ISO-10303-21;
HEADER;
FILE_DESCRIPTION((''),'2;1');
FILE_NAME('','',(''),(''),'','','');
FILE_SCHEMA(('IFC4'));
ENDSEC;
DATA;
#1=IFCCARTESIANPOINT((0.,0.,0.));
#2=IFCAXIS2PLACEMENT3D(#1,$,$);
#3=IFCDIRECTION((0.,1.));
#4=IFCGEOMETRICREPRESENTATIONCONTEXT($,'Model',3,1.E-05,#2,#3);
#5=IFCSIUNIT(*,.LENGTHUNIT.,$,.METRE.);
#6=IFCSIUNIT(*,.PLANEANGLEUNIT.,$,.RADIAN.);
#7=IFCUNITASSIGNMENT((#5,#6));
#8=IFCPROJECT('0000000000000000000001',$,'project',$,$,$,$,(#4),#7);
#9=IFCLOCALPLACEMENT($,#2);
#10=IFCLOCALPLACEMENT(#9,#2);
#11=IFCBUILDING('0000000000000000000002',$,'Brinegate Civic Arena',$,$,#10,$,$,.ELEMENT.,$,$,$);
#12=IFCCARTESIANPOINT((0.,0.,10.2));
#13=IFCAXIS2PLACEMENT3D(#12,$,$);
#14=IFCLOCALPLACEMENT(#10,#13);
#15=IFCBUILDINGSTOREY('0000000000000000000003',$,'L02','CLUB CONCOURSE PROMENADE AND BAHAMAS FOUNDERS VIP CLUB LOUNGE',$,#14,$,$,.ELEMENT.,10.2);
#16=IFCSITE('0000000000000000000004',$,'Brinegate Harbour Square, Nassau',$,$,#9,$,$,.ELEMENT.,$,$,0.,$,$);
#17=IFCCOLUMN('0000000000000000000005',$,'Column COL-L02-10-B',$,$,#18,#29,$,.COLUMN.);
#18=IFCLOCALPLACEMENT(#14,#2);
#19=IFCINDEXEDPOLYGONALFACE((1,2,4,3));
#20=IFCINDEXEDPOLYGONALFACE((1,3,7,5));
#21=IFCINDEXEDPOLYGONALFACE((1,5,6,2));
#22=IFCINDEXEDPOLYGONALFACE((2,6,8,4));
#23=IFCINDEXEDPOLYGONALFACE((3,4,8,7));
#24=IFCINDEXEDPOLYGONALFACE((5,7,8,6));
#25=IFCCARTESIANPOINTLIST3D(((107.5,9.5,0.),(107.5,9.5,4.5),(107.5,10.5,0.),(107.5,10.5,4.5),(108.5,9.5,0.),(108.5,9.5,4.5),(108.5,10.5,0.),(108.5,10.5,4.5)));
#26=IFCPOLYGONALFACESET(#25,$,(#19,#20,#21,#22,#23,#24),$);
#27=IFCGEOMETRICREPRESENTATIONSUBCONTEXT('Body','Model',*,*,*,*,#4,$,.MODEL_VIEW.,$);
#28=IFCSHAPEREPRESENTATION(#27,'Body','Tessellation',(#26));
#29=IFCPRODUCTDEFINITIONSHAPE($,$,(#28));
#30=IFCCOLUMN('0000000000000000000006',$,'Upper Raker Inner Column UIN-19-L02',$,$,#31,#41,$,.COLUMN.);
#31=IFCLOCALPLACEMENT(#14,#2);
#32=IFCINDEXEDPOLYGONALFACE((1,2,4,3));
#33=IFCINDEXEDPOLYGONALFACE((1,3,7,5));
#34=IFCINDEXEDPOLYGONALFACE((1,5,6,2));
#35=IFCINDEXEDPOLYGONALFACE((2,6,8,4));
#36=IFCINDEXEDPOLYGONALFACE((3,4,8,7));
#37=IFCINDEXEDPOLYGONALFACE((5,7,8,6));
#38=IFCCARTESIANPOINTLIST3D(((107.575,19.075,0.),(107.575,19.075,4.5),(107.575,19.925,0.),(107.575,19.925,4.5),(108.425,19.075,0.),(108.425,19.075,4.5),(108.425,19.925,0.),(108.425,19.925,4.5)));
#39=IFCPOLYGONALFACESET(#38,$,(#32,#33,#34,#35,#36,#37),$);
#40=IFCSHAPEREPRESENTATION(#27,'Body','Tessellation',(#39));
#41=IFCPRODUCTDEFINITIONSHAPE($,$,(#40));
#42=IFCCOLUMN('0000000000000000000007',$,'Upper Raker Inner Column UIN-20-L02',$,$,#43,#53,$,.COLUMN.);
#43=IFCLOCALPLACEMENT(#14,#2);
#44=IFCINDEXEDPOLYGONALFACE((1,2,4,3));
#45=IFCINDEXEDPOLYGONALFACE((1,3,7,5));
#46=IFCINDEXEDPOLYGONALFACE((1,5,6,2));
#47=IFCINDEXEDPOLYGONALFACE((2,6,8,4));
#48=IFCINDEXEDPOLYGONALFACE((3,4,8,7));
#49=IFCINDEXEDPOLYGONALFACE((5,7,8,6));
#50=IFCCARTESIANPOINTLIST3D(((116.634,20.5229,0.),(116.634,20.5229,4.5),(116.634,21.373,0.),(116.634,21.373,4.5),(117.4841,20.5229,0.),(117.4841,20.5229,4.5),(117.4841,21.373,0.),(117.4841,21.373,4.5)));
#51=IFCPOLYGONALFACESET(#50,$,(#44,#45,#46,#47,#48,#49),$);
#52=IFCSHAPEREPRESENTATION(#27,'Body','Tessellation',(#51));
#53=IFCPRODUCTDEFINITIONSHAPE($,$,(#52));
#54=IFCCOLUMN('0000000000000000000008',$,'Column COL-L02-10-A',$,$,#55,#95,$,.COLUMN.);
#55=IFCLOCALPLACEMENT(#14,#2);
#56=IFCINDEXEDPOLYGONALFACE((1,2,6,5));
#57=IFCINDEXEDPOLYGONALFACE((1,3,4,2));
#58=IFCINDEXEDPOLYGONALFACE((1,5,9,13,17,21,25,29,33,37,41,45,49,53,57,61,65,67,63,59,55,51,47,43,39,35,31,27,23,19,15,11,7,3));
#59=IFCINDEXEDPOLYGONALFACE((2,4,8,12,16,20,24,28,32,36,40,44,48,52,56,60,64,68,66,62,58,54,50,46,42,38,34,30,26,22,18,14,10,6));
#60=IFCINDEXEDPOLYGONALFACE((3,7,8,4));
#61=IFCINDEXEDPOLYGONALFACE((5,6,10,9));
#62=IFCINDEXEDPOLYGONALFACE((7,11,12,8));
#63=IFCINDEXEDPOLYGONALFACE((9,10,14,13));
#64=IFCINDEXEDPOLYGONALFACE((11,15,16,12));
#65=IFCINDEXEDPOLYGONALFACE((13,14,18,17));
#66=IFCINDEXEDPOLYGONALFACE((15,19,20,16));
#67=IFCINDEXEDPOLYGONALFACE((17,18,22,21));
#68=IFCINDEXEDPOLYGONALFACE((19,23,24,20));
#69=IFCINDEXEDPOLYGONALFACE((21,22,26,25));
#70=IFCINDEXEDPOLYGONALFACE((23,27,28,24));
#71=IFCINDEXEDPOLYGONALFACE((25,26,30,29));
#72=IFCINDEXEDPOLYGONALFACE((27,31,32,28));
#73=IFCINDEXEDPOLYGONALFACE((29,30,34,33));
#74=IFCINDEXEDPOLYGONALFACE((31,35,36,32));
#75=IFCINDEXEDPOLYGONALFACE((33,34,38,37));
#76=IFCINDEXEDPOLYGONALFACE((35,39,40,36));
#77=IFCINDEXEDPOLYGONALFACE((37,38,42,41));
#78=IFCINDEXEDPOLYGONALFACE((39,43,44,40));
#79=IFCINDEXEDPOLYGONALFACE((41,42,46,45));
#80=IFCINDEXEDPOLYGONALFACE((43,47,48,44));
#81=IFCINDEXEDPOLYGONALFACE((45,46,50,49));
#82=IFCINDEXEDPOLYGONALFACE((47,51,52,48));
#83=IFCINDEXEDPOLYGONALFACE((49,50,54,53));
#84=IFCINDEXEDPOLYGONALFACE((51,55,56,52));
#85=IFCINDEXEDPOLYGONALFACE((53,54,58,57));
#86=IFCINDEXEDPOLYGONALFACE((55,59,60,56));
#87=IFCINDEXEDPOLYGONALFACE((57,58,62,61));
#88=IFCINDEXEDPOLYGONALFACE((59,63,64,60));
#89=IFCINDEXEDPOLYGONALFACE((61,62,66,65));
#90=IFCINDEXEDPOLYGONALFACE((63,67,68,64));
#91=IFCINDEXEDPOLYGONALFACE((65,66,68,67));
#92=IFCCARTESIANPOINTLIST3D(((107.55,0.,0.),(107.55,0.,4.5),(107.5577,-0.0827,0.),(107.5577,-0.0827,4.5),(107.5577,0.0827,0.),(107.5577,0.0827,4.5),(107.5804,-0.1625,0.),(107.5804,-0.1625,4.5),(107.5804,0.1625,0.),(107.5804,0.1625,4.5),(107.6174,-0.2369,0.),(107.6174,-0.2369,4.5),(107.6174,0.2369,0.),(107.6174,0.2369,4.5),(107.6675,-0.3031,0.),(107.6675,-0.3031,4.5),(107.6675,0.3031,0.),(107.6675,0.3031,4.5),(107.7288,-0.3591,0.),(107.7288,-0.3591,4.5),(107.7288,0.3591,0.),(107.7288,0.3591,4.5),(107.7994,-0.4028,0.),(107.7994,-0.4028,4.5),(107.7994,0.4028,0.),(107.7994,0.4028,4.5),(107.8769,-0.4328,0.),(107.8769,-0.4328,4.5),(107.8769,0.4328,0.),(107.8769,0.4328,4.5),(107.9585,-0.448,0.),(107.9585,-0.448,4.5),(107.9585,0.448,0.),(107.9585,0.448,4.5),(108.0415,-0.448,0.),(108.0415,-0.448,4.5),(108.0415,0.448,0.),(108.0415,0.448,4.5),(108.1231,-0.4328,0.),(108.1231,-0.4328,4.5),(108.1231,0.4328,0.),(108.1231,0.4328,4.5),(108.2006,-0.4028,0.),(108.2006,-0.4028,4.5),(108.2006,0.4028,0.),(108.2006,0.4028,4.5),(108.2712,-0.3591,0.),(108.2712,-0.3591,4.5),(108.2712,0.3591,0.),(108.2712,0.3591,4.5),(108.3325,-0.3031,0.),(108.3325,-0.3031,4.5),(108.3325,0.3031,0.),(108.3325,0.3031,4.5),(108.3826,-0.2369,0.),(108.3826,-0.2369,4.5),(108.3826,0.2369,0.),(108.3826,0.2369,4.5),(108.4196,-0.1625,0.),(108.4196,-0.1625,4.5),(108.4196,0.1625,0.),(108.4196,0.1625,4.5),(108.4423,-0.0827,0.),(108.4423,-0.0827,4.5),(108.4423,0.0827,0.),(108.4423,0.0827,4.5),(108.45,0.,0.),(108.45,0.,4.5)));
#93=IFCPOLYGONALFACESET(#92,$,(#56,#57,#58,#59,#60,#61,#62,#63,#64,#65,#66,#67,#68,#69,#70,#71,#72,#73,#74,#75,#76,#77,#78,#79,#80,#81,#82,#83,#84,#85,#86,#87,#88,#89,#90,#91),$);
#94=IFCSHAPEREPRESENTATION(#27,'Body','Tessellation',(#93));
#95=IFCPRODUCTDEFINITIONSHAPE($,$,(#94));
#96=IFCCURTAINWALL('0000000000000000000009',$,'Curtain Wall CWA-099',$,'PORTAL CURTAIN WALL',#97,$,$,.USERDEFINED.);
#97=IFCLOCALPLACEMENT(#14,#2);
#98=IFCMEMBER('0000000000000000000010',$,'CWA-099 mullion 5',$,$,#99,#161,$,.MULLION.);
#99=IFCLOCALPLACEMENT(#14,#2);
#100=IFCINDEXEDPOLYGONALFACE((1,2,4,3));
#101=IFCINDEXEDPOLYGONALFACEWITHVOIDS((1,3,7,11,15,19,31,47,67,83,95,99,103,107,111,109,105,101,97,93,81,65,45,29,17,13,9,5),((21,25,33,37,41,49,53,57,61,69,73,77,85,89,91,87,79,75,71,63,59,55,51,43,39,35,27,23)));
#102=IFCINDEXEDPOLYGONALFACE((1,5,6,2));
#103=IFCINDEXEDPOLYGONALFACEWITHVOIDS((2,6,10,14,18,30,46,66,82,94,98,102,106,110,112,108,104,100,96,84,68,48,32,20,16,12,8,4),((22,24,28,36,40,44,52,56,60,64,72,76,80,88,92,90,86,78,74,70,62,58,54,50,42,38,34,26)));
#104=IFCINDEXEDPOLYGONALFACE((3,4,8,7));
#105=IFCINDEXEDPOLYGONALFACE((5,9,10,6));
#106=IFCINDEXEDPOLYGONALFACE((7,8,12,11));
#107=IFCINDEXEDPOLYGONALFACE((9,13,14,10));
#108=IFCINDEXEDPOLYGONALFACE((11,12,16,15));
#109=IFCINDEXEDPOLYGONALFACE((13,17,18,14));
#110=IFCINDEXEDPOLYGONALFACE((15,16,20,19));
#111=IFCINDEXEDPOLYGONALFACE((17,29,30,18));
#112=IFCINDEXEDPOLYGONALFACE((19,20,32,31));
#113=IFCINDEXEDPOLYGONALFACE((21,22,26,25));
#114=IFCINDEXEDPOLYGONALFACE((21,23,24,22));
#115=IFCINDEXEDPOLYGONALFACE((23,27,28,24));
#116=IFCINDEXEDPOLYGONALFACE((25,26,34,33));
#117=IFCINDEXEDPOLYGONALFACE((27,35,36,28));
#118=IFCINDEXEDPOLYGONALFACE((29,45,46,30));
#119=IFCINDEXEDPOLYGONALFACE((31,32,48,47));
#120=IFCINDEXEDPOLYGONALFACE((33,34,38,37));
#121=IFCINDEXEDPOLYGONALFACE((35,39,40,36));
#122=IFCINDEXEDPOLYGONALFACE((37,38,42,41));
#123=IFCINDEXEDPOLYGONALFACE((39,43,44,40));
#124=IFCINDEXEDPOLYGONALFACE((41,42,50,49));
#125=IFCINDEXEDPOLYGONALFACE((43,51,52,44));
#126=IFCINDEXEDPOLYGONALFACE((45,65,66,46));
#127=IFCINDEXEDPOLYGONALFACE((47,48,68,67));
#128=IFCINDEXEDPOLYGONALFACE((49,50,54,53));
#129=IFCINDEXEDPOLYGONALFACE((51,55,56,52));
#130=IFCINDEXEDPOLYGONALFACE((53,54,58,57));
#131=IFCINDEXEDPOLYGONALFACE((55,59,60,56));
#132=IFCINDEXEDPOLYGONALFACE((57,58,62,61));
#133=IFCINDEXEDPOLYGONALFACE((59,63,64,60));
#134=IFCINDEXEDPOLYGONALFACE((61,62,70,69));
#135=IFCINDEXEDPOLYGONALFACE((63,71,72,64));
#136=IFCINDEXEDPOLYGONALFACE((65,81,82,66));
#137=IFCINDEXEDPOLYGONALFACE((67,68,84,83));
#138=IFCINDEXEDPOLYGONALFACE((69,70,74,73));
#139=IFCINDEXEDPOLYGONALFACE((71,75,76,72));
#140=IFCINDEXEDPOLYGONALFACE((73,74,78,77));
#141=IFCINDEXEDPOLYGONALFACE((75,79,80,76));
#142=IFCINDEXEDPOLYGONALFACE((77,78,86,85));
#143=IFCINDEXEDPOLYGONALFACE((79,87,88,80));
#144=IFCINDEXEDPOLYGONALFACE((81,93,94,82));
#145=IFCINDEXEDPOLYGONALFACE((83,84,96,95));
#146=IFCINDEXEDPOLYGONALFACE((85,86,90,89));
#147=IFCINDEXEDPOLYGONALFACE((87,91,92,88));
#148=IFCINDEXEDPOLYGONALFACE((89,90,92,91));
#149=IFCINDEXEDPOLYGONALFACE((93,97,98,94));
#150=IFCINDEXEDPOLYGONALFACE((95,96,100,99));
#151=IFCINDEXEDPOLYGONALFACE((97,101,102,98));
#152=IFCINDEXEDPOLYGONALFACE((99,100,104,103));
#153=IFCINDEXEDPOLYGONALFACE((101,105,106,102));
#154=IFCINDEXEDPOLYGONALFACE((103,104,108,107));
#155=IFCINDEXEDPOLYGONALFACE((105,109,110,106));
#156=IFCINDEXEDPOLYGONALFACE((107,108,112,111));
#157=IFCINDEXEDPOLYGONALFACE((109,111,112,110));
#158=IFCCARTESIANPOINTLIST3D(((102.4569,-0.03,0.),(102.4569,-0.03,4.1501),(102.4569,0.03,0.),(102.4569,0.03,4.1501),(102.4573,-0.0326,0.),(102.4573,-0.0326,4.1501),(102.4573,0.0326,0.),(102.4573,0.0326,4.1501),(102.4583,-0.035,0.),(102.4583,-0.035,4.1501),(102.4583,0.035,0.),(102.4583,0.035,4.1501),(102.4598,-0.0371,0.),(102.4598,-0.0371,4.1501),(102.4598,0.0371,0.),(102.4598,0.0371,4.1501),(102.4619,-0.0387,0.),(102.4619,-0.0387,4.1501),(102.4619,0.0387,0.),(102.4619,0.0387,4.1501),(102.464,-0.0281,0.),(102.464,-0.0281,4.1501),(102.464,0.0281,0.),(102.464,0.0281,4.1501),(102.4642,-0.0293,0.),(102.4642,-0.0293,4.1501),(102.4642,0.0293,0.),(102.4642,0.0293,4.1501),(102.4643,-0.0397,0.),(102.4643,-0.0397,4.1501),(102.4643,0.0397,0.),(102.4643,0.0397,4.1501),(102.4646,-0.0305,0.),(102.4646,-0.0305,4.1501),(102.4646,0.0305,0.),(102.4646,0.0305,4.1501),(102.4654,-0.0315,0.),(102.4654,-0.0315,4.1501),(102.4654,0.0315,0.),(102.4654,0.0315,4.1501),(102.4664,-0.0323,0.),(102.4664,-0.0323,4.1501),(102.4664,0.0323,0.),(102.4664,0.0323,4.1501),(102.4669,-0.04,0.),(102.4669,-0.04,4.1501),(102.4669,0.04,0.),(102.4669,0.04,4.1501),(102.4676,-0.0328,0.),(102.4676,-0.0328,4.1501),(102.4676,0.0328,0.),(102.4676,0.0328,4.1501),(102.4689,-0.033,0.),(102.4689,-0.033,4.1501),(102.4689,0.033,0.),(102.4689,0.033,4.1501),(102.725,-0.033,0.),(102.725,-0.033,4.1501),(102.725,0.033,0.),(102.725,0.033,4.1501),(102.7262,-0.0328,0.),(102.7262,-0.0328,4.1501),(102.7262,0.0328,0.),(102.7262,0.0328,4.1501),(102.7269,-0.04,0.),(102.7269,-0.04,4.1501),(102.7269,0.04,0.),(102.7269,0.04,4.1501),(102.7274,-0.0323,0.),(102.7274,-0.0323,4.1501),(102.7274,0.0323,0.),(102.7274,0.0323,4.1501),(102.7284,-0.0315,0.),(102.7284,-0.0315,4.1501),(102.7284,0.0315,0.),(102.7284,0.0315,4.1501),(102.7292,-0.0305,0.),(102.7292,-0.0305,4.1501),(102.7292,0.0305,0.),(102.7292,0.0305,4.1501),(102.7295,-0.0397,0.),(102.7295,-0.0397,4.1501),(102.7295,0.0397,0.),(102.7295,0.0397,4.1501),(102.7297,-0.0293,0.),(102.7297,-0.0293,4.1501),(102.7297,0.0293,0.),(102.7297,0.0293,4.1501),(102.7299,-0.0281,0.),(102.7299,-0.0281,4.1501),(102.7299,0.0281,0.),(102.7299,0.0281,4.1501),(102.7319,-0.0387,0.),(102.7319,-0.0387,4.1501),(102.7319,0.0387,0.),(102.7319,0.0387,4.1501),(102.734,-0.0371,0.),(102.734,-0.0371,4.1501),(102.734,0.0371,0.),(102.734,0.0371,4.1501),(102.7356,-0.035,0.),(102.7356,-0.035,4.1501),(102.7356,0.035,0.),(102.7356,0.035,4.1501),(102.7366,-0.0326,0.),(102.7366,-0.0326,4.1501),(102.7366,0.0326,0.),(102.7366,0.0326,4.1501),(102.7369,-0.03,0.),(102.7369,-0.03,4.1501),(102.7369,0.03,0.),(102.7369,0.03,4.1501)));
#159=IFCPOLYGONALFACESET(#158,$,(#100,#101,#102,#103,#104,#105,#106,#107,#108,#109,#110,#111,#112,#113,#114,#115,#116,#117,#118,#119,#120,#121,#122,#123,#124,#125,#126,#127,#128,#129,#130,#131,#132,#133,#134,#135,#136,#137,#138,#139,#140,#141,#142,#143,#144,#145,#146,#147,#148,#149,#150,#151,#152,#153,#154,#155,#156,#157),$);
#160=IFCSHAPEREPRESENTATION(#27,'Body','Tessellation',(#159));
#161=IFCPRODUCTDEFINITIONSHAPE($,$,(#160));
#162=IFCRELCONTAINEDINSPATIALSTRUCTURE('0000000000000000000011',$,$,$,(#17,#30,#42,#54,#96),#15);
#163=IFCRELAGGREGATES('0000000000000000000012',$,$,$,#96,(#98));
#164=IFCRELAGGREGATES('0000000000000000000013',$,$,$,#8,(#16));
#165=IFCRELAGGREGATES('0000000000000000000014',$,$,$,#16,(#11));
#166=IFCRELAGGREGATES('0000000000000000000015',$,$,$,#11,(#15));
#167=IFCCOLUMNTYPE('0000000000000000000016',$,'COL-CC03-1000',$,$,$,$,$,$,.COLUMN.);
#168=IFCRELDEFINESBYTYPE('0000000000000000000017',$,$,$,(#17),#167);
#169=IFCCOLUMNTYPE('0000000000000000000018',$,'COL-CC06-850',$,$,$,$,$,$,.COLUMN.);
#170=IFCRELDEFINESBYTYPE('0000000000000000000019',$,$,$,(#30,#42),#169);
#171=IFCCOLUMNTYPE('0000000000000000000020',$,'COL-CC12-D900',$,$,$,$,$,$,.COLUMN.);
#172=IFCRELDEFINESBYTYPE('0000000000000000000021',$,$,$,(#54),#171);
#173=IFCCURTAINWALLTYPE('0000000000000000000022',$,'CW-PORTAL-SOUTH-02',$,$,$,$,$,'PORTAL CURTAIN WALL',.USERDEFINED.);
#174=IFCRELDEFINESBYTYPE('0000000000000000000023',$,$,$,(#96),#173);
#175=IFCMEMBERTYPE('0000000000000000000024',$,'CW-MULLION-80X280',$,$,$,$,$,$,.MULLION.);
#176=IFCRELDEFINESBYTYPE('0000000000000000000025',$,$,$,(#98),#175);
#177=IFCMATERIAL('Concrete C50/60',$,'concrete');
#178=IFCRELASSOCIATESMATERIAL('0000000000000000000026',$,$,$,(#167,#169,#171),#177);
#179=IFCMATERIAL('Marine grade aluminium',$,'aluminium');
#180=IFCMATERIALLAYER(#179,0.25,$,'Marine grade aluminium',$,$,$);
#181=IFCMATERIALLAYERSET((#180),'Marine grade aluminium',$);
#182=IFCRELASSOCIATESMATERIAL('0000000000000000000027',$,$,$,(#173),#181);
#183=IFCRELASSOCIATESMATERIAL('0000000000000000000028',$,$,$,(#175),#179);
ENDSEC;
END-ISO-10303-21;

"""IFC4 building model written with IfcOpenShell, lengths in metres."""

from ifc_helpers import new_model, si_unit, direction, frame, origin, origin_2d, place, context, subcontext, project, spatial, rectangle, hollow_rectangle, circle, extrude, material, layer, layer_set, material_profile, profile_set, type_object, element, aggregate, save


model = new_model("IFC4")

# Units and contexts
model_context = context("Model", 3, precision=1e-05, world=origin(), true_north=direction((0.0, 1.0)))
body_context = subcontext(model_context, "Body", "Model", "MODEL_VIEW")
ifc_project = project(units=[si_unit("LENGTHUNIT", "METRE"), si_unit("PLANEANGLEUNIT", "RADIAN")], contexts=[model_context])

# Site, building, storey
site_placement = place(None, origin())
site = spatial("IfcSite", under=ifc_project, at=site_placement, Name="Brinegate Harbour Square, Nassau", CompositionType="ELEMENT", RefElevation=0.0)
building_placement = place(site_placement, origin())
building = spatial("IfcBuilding", under=site, at=building_placement, Name="Brinegate Civic Arena", CompositionType="ELEMENT")
storey_placement = place(building_placement, frame((0.0, 0.0, 10.2)))
storey = spatial("IfcBuildingStorey", under=building, at=storey_placement, Name="L02", Description="CLUB CONCOURSE PROMENADE AND BAHAMAS FOUNDERS VIP CLUB LOUNGE", CompositionType="ELEMENT", Elevation=10.2)

# Columns
ifc_material_1 = material(Name="Concrete C50/60", Category="concrete")
ifc_material_profile_1 = material_profile(ifc_material_1, rectangle(XDim=1.0, YDim=1.0, at=origin_2d()), Name="RC1000X1000")
ifc_profile_set_1 = profile_set([ifc_material_profile_1], Name="Concrete C50/60")
column_type_1 = type_object("IfcColumnType", Name="COL-CC03-1000", PredefinedType="COLUMN", material=ifc_profile_set_1)
column_1_placement = place(storey_placement, frame((108.0, 10.0, 0.0), z_axis=(0.0, 0.0, 1.0), x_axis=(1.0, 0.0, 0.0)))
element("IfcColumn", 1, at=column_1_placement, inside=storey, type_object=column_type_1, Name="Column COL-L02-10-B", PredefinedType="COLUMN", context=body_context, shape_type="SweptSolid", body=[
    extrude(rectangle(XDim=1.0, YDim=1.0, at=origin_2d()), origin(), (0.0, 0.0, 1.0), 4.5),
])
ifc_material_profile_2 = material_profile(ifc_material_1, rectangle(XDim=0.8501, YDim=0.8501, at=origin_2d()), Name="RC850X850")
ifc_profile_set_2 = profile_set([ifc_material_profile_2], Name="Concrete C50/60")
column_type_2 = type_object("IfcColumnType", Name="COL-CC06-850", PredefinedType="COLUMN", material=ifc_profile_set_2)
for number, where, z_axis, x_axis, name in (
    (2, (108.0, 19.5, 0.0), (0.0, 0.0, 1.0), (1.0, 0.0, 0.0), "Upper Raker Inner Column UIN-19-L02"),
    (3, (117.0591, 20.948, 0.0), (0.0, 0.0, 1.0), (1.0, 0.0, 0.0), "Upper Raker Inner Column UIN-20-L02"),
):
    element("IfcColumn", number, at=place(storey_placement, frame(where, z_axis=z_axis, x_axis=x_axis)), inside=storey, type_object=column_type_2, Name=name, PredefinedType="COLUMN", context=body_context, shape_type="SweptSolid", body=[
        extrude(rectangle(XDim=0.8501, YDim=0.8501, at=origin_2d()), origin(), (0.0, 0.0, 1.0), 4.5),
    ])
ifc_material_profile_3 = material_profile(ifc_material_1, circle(Radius=0.45, at=origin_2d()), Name="RCD900")
ifc_profile_set_3 = profile_set([ifc_material_profile_3], Name="Concrete C50/60")
column_type_3 = type_object("IfcColumnType", Name="COL-CC12-D900", PredefinedType="COLUMN", material=ifc_profile_set_3)
column_2_placement = place(storey_placement, frame((108.0, 0.0, 0.0), z_axis=(0.0, 0.0, 1.0), x_axis=(1.0, 0.0, 0.0)))
element("IfcColumn", 4, at=column_2_placement, inside=storey, type_object=column_type_3, Name="Column COL-L02-10-A", PredefinedType="COLUMN", context=body_context, shape_type="SweptSolid", body=[
    extrude(circle(Radius=0.45, at=origin_2d()), origin(), (0.0, 0.0, 1.0), 4.5),
])

# Curtain wall, member
ifc_material_2 = material(Name="Marine grade aluminium", Category="aluminium")
ifc_layer_1 = layer(ifc_material_2, 0.25, Name="Marine grade aluminium")
ifc_layer_set_1 = layer_set([ifc_layer_1], Name="Marine grade aluminium")
curtain_wall_type = type_object("IfcCurtainWallType", Name="CW-PORTAL-SOUTH-02", ElementType="PORTAL CURTAIN WALL", PredefinedType="USERDEFINED", material=ifc_layer_set_1)
curtain_wall_placement = place(storey_placement, origin())
curtain_wall = element("IfcCurtainWall", 5, at=curtain_wall_placement, inside=storey, type_object=curtain_wall_type, Name="Curtain Wall CWA-099", ObjectType="PORTAL CURTAIN WALL", PredefinedType="USERDEFINED")
ifc_material_profile_4 = material_profile(ifc_material_2, hollow_rectangle(XDim=0.0801, YDim=0.28, WallThickness=0.0071, InnerFilletRadius=0.0049, OuterFilletRadius=0.01, at=origin_2d()), Name="MUL80X280")
ifc_profile_set_4 = profile_set([ifc_material_profile_4], Name="Marine grade aluminium")
member_type_1 = type_object("IfcMemberType", Name="CW-MULLION-80X280", PredefinedType="MULLION", material=ifc_profile_set_4)
member_1_placement = place(storey_placement, frame((102.5969, 0.0, 0.0), z_axis=(0.0, 0.0, 1.0), x_axis=(0.0, 1.0, 0.0)))
member_1 = element("IfcMember", 6, at=member_1_placement, type_object=member_type_1, Name="CWA-099 mullion 5", PredefinedType="MULLION", context=body_context, shape_type="SweptSolid", body=[
    extrude(hollow_rectangle(XDim=0.0801, YDim=0.28, WallThickness=0.0071, InnerFilletRadius=0.0049, OuterFilletRadius=0.01, at=origin_2d()), origin(), (0.0, 0.0, 1.0), 4.1501),
])

aggregate(curtain_wall, [member_1])

save(model, "model.ifc")
